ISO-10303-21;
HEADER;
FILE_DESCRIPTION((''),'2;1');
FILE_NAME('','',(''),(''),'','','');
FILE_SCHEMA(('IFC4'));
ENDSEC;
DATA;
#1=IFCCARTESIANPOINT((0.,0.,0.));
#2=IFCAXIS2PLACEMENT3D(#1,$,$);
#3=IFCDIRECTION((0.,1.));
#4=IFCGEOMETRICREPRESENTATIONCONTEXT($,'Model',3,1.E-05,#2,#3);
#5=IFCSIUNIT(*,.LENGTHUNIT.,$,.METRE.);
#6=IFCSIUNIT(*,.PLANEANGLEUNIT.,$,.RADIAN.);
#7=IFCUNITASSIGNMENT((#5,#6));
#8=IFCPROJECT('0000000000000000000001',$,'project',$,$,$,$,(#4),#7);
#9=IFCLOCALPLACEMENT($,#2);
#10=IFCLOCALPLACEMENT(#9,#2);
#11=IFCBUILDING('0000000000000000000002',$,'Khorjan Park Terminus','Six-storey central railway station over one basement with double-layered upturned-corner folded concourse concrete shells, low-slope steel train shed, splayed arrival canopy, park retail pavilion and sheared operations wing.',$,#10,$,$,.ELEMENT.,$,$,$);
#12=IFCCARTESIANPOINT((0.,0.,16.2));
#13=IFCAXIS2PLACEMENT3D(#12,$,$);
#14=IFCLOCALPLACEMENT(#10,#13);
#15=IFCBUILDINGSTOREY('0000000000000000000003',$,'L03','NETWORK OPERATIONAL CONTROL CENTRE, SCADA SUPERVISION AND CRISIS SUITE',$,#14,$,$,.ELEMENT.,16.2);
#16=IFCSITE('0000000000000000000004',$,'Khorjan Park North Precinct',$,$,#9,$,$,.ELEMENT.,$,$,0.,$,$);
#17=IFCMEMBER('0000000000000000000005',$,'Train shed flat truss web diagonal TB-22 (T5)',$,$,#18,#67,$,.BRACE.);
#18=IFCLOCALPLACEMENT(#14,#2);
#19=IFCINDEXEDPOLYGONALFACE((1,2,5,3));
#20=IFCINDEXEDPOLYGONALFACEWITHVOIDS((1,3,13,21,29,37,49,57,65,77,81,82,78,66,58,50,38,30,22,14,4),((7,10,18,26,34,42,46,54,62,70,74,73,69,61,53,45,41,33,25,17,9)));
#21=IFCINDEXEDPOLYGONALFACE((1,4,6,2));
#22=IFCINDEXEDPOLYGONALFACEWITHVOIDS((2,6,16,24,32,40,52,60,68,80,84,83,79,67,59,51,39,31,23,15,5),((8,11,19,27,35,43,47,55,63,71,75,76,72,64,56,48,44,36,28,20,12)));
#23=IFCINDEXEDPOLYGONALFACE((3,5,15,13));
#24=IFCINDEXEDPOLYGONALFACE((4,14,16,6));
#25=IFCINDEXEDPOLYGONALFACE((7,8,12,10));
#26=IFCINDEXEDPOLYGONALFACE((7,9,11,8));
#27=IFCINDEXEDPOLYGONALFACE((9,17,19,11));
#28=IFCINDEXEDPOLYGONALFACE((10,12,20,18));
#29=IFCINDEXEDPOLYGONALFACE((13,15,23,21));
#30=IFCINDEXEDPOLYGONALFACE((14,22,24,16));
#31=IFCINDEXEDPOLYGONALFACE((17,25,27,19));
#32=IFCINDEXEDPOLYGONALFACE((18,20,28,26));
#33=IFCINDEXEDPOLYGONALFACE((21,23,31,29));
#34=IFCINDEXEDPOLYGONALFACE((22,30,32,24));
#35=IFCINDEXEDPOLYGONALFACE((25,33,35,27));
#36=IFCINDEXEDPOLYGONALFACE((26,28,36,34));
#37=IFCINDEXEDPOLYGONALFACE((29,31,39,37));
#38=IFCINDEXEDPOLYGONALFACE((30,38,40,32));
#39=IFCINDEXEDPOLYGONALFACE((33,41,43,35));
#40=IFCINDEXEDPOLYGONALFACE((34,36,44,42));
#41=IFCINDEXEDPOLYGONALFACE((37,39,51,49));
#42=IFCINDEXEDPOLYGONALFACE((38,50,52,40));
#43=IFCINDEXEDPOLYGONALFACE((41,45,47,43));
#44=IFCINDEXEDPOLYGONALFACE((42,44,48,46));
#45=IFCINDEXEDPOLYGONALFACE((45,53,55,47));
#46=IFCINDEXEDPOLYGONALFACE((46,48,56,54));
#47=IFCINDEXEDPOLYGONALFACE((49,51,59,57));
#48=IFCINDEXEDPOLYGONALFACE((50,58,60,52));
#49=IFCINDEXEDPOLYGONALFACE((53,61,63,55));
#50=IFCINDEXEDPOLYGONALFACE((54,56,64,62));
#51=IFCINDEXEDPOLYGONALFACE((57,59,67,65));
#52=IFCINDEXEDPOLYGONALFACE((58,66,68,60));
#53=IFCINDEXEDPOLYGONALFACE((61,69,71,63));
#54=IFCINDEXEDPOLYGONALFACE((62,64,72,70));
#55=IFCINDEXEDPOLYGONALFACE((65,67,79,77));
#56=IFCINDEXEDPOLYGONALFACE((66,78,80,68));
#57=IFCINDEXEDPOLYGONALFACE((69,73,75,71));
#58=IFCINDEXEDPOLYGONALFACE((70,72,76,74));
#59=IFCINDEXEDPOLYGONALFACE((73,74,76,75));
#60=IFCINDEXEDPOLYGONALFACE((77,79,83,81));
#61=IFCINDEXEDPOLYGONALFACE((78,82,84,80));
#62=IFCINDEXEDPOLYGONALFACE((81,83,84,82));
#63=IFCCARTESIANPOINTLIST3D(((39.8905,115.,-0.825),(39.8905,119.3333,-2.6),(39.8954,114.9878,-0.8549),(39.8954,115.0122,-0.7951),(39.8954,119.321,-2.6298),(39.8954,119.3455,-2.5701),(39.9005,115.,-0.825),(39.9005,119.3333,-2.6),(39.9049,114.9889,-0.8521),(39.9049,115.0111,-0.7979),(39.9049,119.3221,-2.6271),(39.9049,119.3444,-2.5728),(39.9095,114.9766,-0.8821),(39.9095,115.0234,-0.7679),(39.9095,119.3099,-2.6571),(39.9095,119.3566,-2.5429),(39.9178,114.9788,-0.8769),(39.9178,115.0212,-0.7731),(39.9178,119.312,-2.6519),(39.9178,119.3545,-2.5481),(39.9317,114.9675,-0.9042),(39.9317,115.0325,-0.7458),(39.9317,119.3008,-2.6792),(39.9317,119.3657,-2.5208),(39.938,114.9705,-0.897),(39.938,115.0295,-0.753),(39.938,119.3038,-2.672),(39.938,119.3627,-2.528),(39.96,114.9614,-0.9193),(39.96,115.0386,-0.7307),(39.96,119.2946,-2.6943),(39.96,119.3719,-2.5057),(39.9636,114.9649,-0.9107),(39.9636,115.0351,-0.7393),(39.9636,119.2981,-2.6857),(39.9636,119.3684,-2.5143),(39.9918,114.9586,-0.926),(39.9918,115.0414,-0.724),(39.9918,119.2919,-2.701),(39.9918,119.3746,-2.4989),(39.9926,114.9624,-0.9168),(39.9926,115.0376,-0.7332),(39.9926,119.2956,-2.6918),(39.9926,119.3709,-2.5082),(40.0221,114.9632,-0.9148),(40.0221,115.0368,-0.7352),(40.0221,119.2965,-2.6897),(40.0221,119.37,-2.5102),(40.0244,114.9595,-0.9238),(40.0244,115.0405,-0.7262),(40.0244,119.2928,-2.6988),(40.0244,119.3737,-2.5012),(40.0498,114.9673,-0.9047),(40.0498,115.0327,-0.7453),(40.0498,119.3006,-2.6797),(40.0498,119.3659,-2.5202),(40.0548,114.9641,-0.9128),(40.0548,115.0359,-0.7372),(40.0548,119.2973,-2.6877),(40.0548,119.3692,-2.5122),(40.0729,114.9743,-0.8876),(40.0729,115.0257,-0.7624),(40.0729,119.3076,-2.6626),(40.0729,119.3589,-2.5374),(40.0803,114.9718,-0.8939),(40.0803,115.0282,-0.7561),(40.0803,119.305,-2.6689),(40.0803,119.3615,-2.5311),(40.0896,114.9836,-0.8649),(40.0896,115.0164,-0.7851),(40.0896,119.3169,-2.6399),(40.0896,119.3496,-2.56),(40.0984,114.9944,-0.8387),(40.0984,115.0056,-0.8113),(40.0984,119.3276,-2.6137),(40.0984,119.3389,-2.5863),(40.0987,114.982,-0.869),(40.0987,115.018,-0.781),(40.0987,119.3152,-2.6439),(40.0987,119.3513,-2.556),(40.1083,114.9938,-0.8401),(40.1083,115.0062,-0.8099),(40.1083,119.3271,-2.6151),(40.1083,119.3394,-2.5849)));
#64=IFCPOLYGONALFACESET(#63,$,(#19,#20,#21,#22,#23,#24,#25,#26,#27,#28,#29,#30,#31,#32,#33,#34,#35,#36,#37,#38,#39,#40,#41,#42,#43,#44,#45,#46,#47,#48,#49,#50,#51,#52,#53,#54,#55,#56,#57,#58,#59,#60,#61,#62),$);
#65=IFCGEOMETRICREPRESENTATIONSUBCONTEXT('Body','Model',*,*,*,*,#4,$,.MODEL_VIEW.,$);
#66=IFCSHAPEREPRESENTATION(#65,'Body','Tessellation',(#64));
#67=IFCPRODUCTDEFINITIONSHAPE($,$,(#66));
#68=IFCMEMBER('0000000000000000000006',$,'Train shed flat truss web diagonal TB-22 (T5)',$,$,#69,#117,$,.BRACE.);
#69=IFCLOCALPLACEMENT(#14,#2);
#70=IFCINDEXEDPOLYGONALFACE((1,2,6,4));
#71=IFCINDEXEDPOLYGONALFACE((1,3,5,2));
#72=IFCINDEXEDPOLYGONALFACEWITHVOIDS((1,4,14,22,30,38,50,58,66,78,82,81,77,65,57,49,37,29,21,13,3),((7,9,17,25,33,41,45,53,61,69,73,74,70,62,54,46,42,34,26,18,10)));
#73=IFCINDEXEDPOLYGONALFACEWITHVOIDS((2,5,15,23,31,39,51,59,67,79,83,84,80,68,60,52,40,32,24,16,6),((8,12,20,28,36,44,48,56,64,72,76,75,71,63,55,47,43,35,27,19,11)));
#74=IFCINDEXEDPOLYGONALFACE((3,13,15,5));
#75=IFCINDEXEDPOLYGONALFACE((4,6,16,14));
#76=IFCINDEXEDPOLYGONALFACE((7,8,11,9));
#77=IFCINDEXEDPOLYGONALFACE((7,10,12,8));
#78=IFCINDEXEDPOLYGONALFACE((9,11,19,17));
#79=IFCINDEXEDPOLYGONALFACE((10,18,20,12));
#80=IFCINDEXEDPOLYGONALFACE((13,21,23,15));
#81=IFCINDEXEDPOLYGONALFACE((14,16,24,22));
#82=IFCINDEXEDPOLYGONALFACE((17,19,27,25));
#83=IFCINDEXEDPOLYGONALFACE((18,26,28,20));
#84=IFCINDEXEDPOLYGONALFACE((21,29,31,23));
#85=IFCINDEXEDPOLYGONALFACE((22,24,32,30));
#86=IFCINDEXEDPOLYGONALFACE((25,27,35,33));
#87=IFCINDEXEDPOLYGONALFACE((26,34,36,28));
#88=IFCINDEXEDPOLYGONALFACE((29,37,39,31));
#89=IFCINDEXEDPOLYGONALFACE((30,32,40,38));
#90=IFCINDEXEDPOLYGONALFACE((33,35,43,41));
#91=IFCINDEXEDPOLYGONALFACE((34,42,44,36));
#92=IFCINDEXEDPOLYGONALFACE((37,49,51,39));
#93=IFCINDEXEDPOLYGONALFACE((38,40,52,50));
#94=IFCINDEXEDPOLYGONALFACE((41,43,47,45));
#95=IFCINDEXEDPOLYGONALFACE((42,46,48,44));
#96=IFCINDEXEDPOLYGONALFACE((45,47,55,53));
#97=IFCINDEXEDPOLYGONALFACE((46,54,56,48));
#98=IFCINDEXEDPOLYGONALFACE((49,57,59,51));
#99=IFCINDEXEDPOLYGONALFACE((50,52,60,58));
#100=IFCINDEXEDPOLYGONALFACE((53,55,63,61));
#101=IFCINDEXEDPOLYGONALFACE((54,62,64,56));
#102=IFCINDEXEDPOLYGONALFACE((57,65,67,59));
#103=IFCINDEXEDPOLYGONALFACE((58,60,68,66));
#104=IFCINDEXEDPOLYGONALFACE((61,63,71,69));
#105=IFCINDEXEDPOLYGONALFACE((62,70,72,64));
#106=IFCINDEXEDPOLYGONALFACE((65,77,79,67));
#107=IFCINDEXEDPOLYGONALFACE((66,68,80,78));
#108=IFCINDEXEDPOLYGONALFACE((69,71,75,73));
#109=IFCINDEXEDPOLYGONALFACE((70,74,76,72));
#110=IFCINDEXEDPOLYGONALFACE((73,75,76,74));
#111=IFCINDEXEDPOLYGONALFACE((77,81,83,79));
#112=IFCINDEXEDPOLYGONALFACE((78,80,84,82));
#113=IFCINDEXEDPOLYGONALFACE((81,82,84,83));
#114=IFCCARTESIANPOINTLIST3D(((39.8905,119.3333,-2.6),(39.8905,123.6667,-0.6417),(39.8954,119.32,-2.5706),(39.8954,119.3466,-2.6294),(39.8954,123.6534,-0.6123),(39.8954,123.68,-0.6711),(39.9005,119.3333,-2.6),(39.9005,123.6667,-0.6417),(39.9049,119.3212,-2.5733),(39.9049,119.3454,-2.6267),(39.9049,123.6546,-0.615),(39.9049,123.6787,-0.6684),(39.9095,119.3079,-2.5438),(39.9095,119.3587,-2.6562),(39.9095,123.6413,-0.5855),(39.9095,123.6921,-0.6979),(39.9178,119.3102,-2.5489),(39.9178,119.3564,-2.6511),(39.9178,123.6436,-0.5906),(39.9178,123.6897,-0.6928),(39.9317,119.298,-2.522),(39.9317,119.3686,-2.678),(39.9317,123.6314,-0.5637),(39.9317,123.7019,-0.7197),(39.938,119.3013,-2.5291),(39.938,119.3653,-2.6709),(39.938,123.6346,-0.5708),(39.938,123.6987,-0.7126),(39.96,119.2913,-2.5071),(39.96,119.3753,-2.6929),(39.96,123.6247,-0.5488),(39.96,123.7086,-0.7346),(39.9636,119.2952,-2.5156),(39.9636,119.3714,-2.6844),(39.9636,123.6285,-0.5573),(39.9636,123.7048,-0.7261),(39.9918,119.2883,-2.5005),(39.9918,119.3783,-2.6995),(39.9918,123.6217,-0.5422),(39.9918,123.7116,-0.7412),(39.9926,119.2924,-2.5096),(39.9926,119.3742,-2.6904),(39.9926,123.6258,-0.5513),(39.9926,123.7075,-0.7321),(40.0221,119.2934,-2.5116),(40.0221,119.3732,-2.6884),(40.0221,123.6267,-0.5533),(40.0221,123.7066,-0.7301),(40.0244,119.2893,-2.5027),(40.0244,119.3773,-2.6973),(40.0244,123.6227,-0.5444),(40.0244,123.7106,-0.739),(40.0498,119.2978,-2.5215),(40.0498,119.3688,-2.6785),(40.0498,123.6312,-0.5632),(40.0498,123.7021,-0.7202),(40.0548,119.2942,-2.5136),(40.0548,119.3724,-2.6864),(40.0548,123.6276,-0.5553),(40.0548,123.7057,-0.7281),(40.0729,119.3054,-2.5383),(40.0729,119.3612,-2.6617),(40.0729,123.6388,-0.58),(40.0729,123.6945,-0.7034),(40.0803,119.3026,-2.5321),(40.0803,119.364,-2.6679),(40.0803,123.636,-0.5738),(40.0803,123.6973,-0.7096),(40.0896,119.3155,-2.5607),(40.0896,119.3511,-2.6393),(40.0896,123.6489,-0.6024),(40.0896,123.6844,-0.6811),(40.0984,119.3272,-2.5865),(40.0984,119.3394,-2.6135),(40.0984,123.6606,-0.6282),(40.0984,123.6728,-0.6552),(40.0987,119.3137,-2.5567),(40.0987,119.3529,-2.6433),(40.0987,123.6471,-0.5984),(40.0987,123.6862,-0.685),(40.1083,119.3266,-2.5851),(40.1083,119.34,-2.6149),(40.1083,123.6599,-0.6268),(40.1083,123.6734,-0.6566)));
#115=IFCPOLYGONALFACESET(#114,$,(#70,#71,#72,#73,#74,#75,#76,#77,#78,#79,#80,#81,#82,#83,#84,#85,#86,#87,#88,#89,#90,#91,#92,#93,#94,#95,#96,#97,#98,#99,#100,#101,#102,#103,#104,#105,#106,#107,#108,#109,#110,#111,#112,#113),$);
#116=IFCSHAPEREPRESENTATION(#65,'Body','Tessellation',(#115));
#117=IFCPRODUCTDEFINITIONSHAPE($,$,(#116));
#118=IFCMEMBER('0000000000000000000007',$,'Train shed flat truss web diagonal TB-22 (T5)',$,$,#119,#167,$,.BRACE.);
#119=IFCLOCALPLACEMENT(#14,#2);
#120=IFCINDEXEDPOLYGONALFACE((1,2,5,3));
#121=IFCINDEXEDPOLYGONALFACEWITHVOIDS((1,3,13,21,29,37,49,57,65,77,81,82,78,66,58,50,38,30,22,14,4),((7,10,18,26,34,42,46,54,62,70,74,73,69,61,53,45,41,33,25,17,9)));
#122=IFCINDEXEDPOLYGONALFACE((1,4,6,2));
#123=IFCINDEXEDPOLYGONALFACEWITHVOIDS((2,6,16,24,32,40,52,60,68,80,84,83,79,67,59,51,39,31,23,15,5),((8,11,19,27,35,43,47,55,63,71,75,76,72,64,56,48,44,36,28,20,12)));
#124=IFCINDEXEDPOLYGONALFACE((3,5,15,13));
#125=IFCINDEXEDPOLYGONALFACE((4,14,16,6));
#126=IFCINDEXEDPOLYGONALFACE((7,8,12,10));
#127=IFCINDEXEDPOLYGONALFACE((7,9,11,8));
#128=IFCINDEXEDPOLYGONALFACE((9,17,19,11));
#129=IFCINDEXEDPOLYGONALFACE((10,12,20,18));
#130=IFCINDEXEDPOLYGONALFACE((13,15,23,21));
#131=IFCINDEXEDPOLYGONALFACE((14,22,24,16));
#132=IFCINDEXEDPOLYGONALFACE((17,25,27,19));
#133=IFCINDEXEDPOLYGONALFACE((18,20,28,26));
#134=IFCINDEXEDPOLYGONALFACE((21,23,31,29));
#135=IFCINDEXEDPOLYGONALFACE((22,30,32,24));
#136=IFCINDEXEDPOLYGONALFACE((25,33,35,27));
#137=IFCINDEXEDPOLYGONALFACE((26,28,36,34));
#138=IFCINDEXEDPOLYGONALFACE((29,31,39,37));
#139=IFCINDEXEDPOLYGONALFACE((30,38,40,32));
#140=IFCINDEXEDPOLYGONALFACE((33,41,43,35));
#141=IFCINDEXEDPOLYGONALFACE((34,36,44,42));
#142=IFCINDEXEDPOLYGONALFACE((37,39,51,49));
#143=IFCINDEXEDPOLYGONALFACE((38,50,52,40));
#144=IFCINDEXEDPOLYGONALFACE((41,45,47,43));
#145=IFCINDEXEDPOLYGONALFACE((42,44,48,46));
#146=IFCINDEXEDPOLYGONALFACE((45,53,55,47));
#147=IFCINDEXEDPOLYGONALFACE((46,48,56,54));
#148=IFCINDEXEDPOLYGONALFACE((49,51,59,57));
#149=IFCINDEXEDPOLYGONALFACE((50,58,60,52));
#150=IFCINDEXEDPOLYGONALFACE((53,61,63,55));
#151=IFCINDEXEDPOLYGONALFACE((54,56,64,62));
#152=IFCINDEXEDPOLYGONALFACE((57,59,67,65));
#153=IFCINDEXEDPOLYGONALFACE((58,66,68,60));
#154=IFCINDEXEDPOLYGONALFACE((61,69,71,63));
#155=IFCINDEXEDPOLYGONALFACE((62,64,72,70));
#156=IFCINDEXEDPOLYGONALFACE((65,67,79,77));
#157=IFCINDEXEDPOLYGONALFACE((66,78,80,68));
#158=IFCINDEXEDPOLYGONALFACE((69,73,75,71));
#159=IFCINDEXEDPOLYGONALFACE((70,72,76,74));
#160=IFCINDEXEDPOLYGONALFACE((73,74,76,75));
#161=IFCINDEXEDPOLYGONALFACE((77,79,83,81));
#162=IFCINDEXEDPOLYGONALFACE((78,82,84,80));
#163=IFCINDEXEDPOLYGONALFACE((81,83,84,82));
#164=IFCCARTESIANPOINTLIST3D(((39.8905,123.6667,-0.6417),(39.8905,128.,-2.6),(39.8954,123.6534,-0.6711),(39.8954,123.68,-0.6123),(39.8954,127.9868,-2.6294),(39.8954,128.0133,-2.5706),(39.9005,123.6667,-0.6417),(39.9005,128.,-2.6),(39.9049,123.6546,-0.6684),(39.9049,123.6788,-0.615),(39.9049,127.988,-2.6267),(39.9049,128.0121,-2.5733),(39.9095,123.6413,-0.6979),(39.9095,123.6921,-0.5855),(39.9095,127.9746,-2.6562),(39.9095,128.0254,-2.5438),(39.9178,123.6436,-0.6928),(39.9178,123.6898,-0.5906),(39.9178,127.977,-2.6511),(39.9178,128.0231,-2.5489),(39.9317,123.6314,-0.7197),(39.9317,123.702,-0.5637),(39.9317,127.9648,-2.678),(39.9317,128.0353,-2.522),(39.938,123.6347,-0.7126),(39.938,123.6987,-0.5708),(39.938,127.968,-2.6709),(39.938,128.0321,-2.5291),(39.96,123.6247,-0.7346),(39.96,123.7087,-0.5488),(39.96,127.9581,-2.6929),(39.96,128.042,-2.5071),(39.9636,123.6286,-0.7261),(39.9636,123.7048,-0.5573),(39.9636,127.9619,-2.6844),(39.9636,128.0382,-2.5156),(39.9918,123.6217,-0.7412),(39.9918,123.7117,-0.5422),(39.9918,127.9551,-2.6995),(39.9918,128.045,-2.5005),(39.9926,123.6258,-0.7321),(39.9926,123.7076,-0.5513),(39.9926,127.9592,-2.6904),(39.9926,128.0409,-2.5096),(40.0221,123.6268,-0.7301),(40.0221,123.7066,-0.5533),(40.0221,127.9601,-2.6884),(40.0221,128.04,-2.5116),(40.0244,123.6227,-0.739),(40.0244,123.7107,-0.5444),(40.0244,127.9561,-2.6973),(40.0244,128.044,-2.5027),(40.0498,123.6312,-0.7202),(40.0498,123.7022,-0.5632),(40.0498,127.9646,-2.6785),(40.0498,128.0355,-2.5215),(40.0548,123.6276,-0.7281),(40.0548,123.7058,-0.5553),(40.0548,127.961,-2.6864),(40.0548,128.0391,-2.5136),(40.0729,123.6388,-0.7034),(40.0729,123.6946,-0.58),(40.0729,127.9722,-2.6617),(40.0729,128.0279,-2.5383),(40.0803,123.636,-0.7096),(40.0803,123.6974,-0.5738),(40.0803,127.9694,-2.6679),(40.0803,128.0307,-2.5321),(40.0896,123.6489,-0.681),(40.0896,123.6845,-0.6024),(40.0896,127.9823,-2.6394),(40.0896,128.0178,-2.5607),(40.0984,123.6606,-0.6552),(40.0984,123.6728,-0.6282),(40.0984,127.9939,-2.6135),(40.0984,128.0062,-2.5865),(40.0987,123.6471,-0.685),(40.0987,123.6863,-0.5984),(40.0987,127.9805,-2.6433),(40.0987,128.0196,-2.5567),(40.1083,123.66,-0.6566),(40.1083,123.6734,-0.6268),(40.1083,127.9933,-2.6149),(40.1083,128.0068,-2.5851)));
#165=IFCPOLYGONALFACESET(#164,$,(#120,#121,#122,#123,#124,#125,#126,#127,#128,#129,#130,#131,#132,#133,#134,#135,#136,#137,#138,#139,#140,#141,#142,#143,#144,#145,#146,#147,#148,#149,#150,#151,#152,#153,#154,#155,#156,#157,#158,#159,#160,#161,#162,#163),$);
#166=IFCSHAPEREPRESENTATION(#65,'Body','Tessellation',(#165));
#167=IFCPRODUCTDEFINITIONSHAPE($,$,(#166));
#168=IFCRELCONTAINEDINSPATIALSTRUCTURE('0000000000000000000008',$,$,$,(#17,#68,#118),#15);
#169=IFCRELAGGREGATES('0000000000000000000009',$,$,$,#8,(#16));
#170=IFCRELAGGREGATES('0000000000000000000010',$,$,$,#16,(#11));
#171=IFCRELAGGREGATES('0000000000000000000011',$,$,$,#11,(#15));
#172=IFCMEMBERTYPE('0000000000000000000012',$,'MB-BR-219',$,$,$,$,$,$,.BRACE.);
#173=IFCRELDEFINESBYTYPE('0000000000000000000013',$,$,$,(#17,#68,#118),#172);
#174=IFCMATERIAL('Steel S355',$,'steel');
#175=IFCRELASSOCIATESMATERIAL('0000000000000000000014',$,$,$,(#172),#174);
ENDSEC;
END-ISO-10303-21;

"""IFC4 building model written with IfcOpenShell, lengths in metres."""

from ifc_helpers import new_model, si_unit, direction, frame, origin, origin_2d, place, context, subcontext, project, spatial, hollow_circle, extrude, material, material_profile, profile_set, type_object, element, save


model = new_model("IFC4")

# Units and contexts
model_context = context("Model", 3, precision=1e-05, world=origin(), true_north=direction((0.0, 1.0)))
body_context = subcontext(model_context, "Body", "Model", "MODEL_VIEW")
ifc_project = project(units=[si_unit("LENGTHUNIT", "METRE"), si_unit("PLANEANGLEUNIT", "RADIAN")], contexts=[model_context])

# Site, building, storey
site_placement = place(None, origin())
site = spatial("IfcSite", under=ifc_project, at=site_placement, Name="Khorjan Park North Precinct", CompositionType="ELEMENT", RefElevation=0.0)
building_placement = place(site_placement, origin())
building = spatial("IfcBuilding", under=site, at=building_placement, Name="Khorjan Park Terminus", Description="Six-storey central railway station over one basement with double-layered upturned-corner folded concourse concrete shells, low-slope steel train shed, splayed arrival canopy, park retail pavilion and sheared operations wing.", CompositionType="ELEMENT")
storey_placement = place(building_placement, frame((0.0, 0.0, 16.2)))
storey = spatial("IfcBuildingStorey", under=building, at=storey_placement, Name="L03", Description="NETWORK OPERATIONAL CONTROL CENTRE, SCADA SUPERVISION AND CRISIS SUITE", CompositionType="ELEMENT", Elevation=16.2)

# Members
ifc_material = material(Name="Steel S355", Category="steel")
ifc_material_profile_1 = material_profile(ifc_material, hollow_circle(Radius=0.1095, WallThickness=0.01, at=origin_2d()), Name="CHS 219.1x10")
ifc_profile_set_1 = profile_set([ifc_material_profile_1], Name="Steel S355")
member_type_1 = type_object("IfcMemberType", Name="MB-BR-219", PredefinedType="BRACE", material=ifc_profile_set_1)
member_1_placement = place(storey_placement, frame((40.0, 115.0, -0.825), z_axis=(0.0, 0.925376, -0.379051), x_axis=(-1.0, 0.0, 0.0)))
element("IfcMember", 1, at=member_1_placement, inside=storey, type_object=member_type_1, Name="Train shed flat truss web diagonal TB-22 (T5)", PredefinedType="BRACE", context=body_context, shape_type="SweptSolid", body=[
    extrude(hollow_circle(Radius=0.1095, WallThickness=0.01, at=origin_2d()), origin(), (0.0, 0.0, 1.0), 4.6827),
])
for number, where, z_axis, x_axis, name in (
    (2, (40.0, 119.3333, -2.6), (0.0, 0.91127, 0.41181), (-1.0, 0.0, 0.0), "Train shed flat truss web diagonal TB-22 (T5)"),
    (3, (40.0, 123.6667, -0.6417), (0.0, 0.911266, -0.411818), (-1.0, 0.0, 0.0), "Train shed flat truss web diagonal TB-22 (T5)"),
):
    element("IfcMember", number, at=place(storey_placement, frame(where, z_axis=z_axis, x_axis=x_axis)), inside=storey, type_object=member_type_1, Name=name, PredefinedType="BRACE", context=body_context, shape_type="SweptSolid", body=[
        extrude(hollow_circle(Radius=0.1095, WallThickness=0.01, at=origin_2d()), origin(), (0.0, 0.0, 1.0), 4.7553),
    ])

save(model, "model.ifc")
